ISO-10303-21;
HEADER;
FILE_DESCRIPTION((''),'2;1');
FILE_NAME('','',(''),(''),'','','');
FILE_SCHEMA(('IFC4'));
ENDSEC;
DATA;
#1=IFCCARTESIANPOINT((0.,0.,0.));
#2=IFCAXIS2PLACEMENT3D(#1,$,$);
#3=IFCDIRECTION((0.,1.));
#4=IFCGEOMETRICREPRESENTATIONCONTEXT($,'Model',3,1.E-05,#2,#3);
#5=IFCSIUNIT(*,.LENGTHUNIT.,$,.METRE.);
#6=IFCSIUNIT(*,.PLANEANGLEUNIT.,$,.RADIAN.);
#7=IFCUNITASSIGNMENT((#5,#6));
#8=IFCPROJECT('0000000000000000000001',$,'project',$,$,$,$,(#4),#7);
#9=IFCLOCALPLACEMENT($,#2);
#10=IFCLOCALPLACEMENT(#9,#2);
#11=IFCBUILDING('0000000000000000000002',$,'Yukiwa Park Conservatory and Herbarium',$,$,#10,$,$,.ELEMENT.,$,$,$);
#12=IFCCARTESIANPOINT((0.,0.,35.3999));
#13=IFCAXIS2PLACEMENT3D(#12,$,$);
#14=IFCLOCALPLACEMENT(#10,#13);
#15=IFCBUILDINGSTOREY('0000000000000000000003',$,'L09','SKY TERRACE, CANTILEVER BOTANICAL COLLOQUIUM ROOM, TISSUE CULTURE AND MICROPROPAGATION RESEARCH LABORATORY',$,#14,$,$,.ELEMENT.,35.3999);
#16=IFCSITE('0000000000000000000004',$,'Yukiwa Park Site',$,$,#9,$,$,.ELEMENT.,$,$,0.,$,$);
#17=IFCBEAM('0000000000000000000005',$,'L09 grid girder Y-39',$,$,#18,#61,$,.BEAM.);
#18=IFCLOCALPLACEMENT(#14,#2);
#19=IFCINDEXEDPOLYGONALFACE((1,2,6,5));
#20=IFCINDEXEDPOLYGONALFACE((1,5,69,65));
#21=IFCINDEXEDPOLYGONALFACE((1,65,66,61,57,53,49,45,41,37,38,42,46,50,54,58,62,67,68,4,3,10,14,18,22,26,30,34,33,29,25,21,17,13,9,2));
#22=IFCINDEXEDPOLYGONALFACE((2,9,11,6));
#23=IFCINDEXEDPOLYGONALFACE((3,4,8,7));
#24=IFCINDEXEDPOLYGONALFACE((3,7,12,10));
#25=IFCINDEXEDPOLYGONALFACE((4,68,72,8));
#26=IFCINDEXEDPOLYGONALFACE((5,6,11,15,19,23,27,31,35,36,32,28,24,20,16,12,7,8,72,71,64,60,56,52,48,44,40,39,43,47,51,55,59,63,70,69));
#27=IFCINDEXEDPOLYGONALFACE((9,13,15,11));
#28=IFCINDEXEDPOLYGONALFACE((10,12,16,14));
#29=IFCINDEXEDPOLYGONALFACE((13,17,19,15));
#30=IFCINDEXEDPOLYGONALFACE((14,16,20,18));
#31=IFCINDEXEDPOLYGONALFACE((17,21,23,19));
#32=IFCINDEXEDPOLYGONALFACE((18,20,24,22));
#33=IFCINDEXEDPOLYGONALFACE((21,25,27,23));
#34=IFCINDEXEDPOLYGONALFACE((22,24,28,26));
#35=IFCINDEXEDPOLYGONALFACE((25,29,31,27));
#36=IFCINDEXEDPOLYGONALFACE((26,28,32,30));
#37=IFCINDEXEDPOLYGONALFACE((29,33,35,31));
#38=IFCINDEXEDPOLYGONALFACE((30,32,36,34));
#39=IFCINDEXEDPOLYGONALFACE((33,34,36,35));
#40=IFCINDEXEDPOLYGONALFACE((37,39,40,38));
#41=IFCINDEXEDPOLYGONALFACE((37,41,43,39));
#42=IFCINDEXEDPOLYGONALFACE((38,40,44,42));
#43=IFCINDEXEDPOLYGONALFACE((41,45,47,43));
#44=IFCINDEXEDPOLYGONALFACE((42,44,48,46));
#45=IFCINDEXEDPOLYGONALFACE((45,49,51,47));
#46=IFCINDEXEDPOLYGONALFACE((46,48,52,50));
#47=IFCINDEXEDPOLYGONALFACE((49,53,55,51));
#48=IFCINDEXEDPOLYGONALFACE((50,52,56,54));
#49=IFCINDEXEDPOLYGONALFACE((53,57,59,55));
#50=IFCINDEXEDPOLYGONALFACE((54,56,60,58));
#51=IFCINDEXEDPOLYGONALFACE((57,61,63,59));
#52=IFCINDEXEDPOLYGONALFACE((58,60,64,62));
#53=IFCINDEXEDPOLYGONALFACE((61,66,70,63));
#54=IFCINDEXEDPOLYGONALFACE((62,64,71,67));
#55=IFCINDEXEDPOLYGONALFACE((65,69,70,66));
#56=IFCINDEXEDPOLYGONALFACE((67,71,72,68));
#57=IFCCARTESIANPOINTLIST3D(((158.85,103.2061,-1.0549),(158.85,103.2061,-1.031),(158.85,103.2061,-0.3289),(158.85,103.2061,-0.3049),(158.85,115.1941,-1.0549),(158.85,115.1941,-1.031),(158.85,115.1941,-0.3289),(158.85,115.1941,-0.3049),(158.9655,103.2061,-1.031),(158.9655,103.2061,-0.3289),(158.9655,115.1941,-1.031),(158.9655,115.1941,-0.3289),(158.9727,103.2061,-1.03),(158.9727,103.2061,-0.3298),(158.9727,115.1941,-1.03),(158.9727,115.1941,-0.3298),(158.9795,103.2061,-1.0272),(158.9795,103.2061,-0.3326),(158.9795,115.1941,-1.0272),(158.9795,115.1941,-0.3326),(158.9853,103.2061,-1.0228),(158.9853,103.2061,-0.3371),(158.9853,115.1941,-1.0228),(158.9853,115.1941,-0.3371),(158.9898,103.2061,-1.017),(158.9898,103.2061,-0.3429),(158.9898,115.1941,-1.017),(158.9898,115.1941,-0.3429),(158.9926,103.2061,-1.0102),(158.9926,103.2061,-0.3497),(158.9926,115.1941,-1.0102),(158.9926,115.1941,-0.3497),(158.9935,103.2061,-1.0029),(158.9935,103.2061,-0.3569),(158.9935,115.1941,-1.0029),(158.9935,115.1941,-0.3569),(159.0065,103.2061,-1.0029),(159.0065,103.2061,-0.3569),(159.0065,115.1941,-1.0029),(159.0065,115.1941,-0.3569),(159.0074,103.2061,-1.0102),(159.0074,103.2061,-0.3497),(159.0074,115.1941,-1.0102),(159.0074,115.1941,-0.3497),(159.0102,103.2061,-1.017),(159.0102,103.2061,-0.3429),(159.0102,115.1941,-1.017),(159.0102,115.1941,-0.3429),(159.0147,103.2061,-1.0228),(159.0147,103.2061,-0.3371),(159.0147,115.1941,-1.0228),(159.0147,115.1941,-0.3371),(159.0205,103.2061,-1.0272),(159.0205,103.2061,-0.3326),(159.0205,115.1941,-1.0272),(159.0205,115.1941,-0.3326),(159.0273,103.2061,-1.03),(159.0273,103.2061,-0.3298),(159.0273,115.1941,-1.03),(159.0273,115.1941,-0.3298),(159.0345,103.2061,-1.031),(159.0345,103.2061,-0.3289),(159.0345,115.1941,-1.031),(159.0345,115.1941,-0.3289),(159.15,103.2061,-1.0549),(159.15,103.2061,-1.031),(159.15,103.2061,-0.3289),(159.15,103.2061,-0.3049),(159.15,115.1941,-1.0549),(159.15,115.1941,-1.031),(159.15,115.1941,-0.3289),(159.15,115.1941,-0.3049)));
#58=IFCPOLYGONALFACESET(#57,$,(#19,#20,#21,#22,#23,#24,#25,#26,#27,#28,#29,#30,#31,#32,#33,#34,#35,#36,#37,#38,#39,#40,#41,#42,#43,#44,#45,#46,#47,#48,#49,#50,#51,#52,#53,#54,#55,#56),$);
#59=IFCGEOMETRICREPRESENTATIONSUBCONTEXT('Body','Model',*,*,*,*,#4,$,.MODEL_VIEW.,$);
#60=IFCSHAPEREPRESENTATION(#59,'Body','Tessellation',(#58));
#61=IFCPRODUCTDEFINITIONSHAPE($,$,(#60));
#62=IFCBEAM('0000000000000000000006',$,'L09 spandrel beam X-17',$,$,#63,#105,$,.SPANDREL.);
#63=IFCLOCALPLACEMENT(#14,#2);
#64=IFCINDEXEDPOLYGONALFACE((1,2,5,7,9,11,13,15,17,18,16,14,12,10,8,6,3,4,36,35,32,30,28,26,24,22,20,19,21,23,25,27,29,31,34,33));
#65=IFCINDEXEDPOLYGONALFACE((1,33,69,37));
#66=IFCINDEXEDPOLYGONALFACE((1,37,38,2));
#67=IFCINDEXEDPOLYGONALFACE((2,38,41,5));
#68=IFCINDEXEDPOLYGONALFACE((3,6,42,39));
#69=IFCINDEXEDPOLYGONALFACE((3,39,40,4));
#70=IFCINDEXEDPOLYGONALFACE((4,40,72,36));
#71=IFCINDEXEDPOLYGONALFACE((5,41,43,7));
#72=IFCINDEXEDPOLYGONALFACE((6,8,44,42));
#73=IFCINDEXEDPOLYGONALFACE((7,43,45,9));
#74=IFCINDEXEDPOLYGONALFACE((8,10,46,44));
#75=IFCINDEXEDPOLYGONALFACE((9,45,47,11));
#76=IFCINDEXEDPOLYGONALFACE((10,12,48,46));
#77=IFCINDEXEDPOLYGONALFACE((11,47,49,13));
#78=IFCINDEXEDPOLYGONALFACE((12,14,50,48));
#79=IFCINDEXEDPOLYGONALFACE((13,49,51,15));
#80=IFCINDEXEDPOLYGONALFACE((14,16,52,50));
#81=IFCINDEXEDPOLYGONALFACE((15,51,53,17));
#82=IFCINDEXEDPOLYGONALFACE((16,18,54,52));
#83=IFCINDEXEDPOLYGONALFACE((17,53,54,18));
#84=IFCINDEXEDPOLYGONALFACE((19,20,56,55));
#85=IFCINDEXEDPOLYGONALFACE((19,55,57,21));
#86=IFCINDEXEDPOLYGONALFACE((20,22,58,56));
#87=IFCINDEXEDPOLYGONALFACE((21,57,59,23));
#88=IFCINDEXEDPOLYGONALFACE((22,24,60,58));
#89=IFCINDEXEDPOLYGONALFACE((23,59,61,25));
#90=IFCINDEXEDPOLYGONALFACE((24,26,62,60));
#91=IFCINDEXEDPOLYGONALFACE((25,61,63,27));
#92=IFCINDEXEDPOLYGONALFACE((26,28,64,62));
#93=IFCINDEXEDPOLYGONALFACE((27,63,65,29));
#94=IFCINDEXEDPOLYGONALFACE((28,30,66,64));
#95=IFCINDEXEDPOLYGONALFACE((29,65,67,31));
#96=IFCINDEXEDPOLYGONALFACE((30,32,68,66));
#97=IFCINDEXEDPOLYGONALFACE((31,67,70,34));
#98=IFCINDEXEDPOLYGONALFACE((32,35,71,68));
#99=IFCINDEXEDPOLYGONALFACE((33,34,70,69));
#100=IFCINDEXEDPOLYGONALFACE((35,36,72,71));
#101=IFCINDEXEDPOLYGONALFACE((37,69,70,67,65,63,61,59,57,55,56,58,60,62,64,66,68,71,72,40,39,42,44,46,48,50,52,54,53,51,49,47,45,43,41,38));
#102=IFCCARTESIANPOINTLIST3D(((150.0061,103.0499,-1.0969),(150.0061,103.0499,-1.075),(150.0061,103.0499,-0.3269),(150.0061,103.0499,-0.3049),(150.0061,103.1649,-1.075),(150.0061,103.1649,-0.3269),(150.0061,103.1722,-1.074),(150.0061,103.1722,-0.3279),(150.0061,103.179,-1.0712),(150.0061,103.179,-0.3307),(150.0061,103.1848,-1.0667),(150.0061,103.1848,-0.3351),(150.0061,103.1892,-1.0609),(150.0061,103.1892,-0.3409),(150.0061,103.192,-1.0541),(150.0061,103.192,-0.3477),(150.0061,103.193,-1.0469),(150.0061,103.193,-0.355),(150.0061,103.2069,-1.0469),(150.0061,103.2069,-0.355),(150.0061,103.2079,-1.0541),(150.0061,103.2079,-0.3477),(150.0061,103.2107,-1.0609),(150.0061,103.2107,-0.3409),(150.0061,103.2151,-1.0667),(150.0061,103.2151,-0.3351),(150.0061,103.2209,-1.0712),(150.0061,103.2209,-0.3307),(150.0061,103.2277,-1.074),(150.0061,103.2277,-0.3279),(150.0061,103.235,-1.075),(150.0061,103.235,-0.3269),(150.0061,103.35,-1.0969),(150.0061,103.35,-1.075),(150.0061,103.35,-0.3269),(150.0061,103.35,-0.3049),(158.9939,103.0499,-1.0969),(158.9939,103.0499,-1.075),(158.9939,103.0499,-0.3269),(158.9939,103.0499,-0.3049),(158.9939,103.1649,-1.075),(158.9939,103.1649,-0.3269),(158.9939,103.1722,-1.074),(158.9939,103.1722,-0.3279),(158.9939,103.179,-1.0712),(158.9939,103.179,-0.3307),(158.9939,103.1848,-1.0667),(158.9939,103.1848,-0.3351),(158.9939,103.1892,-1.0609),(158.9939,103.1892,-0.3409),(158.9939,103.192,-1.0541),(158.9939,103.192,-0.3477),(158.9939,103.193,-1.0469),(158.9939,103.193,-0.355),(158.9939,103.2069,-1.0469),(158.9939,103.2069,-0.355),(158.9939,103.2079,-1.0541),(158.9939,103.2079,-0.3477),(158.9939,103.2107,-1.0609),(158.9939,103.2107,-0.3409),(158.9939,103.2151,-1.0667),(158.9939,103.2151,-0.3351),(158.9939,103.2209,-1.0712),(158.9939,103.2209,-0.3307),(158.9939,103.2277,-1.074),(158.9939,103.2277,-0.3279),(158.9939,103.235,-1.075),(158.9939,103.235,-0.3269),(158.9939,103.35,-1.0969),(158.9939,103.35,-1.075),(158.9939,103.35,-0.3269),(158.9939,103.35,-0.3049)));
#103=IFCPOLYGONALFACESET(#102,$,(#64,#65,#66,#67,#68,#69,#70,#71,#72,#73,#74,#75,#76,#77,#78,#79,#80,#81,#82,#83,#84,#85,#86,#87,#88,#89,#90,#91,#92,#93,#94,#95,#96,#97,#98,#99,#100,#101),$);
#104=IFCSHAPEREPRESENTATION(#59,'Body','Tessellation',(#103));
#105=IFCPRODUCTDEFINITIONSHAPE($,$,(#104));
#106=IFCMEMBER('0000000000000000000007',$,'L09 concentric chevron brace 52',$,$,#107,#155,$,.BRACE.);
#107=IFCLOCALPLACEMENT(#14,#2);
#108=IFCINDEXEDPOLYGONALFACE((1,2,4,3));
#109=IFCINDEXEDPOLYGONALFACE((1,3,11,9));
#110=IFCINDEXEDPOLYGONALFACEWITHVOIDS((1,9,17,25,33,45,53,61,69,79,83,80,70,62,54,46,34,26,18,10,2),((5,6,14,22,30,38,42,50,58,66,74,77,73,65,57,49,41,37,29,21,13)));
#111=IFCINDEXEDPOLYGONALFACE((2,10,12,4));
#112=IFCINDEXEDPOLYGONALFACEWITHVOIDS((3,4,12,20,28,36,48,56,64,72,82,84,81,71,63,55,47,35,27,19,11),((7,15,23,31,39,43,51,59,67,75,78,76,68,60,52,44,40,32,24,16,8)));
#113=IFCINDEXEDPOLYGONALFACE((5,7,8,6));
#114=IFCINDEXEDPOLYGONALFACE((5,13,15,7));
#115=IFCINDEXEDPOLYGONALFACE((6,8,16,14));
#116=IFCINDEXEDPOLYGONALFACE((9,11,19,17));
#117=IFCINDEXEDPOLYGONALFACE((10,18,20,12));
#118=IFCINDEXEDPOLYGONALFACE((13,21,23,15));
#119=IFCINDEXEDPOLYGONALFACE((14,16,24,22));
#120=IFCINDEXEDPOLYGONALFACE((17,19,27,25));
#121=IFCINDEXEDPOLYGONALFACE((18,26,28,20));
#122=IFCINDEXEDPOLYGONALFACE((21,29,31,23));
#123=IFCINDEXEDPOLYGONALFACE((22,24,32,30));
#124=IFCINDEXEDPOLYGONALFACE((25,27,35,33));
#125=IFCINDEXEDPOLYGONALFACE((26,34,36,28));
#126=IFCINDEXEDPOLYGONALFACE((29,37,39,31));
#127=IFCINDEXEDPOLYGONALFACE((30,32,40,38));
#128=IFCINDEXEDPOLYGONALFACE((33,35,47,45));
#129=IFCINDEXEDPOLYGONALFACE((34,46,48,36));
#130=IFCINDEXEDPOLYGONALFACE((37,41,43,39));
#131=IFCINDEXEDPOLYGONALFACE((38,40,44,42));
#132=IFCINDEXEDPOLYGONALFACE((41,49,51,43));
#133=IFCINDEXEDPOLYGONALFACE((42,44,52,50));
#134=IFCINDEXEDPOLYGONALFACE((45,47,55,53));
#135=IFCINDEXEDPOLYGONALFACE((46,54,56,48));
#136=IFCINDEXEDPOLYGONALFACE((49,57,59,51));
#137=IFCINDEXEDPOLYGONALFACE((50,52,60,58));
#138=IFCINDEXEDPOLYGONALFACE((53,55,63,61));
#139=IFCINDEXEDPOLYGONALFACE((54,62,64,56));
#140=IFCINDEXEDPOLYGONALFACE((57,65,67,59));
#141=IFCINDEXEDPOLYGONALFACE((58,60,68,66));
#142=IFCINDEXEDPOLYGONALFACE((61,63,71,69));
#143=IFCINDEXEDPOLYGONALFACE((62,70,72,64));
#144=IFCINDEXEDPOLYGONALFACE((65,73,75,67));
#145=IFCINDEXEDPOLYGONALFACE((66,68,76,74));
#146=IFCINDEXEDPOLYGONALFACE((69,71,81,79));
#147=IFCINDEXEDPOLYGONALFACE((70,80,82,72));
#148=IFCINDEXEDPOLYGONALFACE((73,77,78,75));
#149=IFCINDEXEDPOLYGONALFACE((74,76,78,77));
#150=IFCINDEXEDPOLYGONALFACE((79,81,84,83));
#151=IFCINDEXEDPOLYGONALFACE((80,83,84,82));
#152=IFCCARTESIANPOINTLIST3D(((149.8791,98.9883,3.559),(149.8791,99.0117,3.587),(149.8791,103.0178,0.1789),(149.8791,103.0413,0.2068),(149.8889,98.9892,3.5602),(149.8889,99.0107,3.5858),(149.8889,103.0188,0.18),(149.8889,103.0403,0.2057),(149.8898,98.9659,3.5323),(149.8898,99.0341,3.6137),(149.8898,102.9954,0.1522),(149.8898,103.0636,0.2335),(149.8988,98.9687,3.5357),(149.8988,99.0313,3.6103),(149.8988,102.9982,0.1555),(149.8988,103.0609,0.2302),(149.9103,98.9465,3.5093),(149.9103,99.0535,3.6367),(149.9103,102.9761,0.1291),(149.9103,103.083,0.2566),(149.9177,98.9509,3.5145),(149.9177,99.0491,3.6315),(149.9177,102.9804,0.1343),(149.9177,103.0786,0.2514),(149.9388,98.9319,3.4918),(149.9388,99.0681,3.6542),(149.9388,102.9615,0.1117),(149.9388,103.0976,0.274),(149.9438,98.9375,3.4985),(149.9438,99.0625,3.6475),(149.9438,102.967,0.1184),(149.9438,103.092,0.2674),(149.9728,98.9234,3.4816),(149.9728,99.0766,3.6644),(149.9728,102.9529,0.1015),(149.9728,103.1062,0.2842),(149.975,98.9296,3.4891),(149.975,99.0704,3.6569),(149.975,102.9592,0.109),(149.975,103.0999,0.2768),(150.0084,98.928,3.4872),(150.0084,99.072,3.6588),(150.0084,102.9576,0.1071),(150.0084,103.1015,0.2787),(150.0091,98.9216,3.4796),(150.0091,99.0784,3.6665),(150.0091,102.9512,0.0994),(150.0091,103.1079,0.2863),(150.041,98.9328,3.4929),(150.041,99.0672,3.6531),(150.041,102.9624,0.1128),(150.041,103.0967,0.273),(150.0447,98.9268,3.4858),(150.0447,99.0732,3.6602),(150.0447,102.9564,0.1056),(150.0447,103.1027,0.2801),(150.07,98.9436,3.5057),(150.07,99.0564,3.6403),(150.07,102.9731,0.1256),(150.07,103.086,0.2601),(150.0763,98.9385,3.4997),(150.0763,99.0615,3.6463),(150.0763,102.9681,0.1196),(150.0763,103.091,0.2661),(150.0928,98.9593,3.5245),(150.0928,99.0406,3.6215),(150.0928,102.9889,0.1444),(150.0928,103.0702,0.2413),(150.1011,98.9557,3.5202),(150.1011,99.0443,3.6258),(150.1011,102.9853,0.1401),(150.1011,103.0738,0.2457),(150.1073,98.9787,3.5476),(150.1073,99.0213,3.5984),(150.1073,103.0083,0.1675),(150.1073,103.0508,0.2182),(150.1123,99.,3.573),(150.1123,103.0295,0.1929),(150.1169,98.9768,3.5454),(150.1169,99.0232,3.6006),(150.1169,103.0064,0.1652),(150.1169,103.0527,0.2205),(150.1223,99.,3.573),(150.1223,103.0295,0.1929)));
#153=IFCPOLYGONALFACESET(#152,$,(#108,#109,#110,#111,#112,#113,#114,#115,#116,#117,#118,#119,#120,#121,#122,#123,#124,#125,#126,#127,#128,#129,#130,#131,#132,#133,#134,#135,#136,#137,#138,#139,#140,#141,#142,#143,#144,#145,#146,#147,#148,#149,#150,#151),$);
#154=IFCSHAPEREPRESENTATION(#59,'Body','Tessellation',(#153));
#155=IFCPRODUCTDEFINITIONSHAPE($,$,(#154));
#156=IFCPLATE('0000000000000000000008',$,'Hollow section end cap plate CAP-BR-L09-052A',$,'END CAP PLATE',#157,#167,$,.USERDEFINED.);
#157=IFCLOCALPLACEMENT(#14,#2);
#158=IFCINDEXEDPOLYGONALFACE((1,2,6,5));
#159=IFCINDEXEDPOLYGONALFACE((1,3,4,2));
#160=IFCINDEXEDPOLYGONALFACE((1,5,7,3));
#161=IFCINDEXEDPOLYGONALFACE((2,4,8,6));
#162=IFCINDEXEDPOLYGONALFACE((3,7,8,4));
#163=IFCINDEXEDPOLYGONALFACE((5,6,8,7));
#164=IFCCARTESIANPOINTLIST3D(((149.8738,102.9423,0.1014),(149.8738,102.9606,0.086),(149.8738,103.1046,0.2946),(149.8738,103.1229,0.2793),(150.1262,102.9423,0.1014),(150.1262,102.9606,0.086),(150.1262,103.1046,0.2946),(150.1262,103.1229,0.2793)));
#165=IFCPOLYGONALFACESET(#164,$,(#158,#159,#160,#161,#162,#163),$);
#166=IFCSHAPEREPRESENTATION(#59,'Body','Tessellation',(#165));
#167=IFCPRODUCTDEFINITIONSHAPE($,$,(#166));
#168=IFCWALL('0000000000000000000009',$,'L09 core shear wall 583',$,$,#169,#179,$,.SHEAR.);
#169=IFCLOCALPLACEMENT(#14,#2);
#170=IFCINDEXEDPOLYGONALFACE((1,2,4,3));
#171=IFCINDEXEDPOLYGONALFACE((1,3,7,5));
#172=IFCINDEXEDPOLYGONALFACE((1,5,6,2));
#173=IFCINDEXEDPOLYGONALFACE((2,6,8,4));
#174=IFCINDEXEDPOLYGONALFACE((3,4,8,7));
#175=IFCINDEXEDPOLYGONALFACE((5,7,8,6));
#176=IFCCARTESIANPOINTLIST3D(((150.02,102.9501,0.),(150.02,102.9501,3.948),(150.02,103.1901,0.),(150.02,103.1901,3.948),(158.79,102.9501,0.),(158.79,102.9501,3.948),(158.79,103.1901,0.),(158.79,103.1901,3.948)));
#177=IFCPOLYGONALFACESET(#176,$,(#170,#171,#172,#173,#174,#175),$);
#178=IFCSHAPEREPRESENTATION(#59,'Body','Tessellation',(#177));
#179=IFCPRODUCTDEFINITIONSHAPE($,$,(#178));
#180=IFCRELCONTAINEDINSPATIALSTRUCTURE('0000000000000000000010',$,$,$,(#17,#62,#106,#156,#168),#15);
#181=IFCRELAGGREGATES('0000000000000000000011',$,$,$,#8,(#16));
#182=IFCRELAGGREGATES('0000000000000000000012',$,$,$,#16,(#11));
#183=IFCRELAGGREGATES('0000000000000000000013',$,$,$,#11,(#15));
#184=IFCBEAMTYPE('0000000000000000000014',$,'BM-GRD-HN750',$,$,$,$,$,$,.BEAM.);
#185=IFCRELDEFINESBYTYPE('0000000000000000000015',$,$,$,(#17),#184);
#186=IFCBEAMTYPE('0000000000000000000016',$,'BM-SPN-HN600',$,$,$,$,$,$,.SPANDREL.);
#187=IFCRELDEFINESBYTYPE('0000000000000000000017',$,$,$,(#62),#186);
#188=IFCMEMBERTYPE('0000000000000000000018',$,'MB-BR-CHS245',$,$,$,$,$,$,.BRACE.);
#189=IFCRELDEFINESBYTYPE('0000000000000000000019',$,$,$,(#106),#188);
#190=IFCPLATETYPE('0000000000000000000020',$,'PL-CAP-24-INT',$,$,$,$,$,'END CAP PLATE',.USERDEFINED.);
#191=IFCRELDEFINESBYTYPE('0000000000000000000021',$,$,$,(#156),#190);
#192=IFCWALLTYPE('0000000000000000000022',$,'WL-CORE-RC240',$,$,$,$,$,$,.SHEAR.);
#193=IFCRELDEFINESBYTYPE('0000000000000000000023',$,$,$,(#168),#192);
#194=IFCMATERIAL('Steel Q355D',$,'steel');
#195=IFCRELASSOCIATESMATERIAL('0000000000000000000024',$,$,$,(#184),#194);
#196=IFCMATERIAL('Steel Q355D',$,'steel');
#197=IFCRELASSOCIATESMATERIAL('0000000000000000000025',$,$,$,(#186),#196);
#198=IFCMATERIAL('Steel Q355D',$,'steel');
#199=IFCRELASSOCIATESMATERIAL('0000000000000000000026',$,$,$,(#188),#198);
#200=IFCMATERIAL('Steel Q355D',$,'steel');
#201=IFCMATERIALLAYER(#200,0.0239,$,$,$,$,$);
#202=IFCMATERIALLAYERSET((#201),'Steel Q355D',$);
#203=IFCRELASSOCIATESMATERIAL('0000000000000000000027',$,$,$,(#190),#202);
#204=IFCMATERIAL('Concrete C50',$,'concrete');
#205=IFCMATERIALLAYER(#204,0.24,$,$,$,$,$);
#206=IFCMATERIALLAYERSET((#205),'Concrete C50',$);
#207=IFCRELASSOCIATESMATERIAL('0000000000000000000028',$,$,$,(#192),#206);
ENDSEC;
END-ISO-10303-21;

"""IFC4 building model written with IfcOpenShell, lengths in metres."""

from ifc_helpers import new_model, si_unit, direction, frame, frame_2d, origin, origin_2d, place, context, subcontext, project, spatial, rectangle, hollow_circle, i_section, extrude, material, layer, layer_set, material_profile, profile_set, type_object, element, save


model = new_model("IFC4")

# Units and contexts
model_context = context("Model", 3, precision=1e-05, world=origin(), true_north=direction((0.0, 1.0)))
body_context = subcontext(model_context, "Body", "Model", "MODEL_VIEW")
ifc_project = project(units=[si_unit("LENGTHUNIT", "METRE"), si_unit("PLANEANGLEUNIT", "RADIAN")], contexts=[model_context])

# Site, building, storey
site_placement = place(None, origin())
site = spatial("IfcSite", under=ifc_project, at=site_placement, Name="Yukiwa Park Site", CompositionType="ELEMENT", RefElevation=0.0)
building_placement = place(site_placement, origin())
building = spatial("IfcBuilding", under=site, at=building_placement, Name="Yukiwa Park Conservatory and Herbarium", CompositionType="ELEMENT")
storey_placement = place(building_placement, frame((0.0, 0.0, 35.3999)))
storey = spatial("IfcBuildingStorey", under=building, at=storey_placement, Name="L09", Description="SKY TERRACE, CANTILEVER BOTANICAL COLLOQUIUM ROOM, TISSUE CULTURE AND MICROPROPAGATION RESEARCH LABORATORY", CompositionType="ELEMENT", Elevation=35.3999)

# Beams
ifc_material_1 = material(Name="Steel Q355D", Category="steel")
ifc_material_profile_1 = material_profile(ifc_material_1, i_section(OverallWidth=0.3, OverallDepth=0.75, WebThickness=0.0129, FlangeThickness=0.0239, FilletRadius=0.0281, at=origin_2d()), Name="HN 750x300x13x24")
ifc_profile_set_1 = profile_set([ifc_material_profile_1], Name="Steel Q355D")
beam_type_1 = type_object("IfcBeamType", Name="BM-GRD-HN750", PredefinedType="BEAM", material=ifc_profile_set_1)
for number, where, z_axis, x_axis, name in (
    (1, (159.0, 103.2061, -0.6799), (0.0, 1.0, 0.0), (-1.0, 0.0, 0.0), "L09 grid girder Y-39"),
):
    element("IfcBeam", number, at=place(storey_placement, frame(where, z_axis=z_axis, x_axis=x_axis)), inside=storey, type_object=beam_type_1, Name=name, PredefinedType="BEAM", context=body_context, shape_type="SweptSolid", body=[
        extrude(i_section(OverallWidth=0.3, OverallDepth=0.75, WebThickness=0.0129, FlangeThickness=0.0239, FilletRadius=0.0281, at=origin_2d()), origin(), (0.0, 0.0, 1.0), 11.988),
    ])
ifc_material_2 = material(Name="Steel Q355D", Category="steel")
ifc_material_profile_2 = material_profile(ifc_material_2, i_section(OverallWidth=0.3, OverallDepth=0.792, WebThickness=0.0139, FlangeThickness=0.022, FilletRadius=0.0281, at=origin_2d()), Name="HN 792x300x14x22")
ifc_profile_set_2 = profile_set([ifc_material_profile_2], Name="Steel Q355D")
beam_type_2 = type_object("IfcBeamType", Name="BM-SPN-HN600", PredefinedType="SPANDREL", material=ifc_profile_set_2)
beam_1_placement = place(storey_placement, frame((150.0061, 103.2, -0.7009), z_axis=(1.0, 0.0, 0.0), x_axis=(0.0, 1.0, 0.0)))
element("IfcBeam", 2, at=beam_1_placement, inside=storey, type_object=beam_type_2, Name="L09 spandrel beam X-17", PredefinedType="SPANDREL", context=body_context, shape_type="SweptSolid", body=[
    extrude(i_section(OverallWidth=0.3, OverallDepth=0.792, WebThickness=0.0139, FlangeThickness=0.022, FilletRadius=0.0281, at=origin_2d()), origin(), (0.0, 0.0, 1.0), 8.9878),
])

# Member
ifc_material_3 = material(Name="Steel Q355D", Category="steel")
ifc_material_profile_3 = material_profile(ifc_material_3, hollow_circle(Radius=0.1223, WallThickness=0.01, at=origin_2d()), Name="CHS 244.5x10")
ifc_profile_set_3 = profile_set([ifc_material_profile_3], Name="Steel Q355D")
member_type = type_object("IfcMemberType", Name="MB-BR-CHS245", PredefinedType="BRACE", material=ifc_profile_set_3)
member_placement = place(storey_placement, frame((150.0, 103.0295, 0.1929), z_axis=(0.0, -0.766144, 0.642669), x_axis=(1.0, 0.0, 0.0)))
element("IfcMember", 3, at=member_placement, inside=storey, type_object=member_type, Name="L09 concentric chevron brace 52", PredefinedType="BRACE", context=body_context, shape_type="SweptSolid", body=[
    extrude(hollow_circle(Radius=0.1223, WallThickness=0.01, at=origin_2d()), origin(), (0.0, 0.0, 1.0), 5.2595),
])

# Plate
ifc_material_4 = material(Name="Steel Q355D", Category="steel")
ifc_layer_1 = layer(ifc_material_4, 0.0239)
ifc_layer_set_1 = layer_set([ifc_layer_1], Name="Steel Q355D")
plate_type = type_object("IfcPlateType", Name="PL-CAP-24-INT", ElementType="END CAP PLATE", PredefinedType="USERDEFINED", material=ifc_layer_set_1)
plate_placement = place(storey_placement, frame((150.0, 103.0234, 0.198), z_axis=(0.0, 0.765705, -0.643192), x_axis=(-1.0, 0.0, 0.0)))
element("IfcPlate", 4, at=plate_placement, inside=storey, type_object=plate_type, Name="Hollow section end cap plate CAP-BR-L09-052A", ObjectType="END CAP PLATE", PredefinedType="USERDEFINED", context=body_context, shape_type="SweptSolid", body=[
    extrude(rectangle(XDim=0.2524, YDim=0.2524, at=origin_2d()), origin(), (0.0, 0.0, 1.0), 0.0239),
])

# Wall
ifc_material_5 = material(Name="Concrete C50", Category="concrete")
ifc_layer_2 = layer(ifc_material_5, 0.24)
ifc_layer_set_2 = layer_set([ifc_layer_2], Name="Concrete C50")
wall_type_1 = type_object("IfcWallType", Name="WL-CORE-RC240", PredefinedType="SHEAR", material=ifc_layer_set_2)
wall_1_placement = place(storey_placement, frame((150.02, 103.0701, 0.0), z_axis=(0.0, 0.0, 1.0), x_axis=(1.0, 0.0, 0.0)))
element("IfcWall", 5, at=wall_1_placement, inside=storey, type_object=wall_type_1, Name="L09 core shear wall 583", PredefinedType="SHEAR", context=body_context, shape_type="SweptSolid", body=[
    extrude(rectangle(XDim=8.77, YDim=0.24, at=frame_2d((4.385, 0.0))), origin(), (0.0, 0.0, 1.0), 3.948),
])

save(model, "model.ifc")
